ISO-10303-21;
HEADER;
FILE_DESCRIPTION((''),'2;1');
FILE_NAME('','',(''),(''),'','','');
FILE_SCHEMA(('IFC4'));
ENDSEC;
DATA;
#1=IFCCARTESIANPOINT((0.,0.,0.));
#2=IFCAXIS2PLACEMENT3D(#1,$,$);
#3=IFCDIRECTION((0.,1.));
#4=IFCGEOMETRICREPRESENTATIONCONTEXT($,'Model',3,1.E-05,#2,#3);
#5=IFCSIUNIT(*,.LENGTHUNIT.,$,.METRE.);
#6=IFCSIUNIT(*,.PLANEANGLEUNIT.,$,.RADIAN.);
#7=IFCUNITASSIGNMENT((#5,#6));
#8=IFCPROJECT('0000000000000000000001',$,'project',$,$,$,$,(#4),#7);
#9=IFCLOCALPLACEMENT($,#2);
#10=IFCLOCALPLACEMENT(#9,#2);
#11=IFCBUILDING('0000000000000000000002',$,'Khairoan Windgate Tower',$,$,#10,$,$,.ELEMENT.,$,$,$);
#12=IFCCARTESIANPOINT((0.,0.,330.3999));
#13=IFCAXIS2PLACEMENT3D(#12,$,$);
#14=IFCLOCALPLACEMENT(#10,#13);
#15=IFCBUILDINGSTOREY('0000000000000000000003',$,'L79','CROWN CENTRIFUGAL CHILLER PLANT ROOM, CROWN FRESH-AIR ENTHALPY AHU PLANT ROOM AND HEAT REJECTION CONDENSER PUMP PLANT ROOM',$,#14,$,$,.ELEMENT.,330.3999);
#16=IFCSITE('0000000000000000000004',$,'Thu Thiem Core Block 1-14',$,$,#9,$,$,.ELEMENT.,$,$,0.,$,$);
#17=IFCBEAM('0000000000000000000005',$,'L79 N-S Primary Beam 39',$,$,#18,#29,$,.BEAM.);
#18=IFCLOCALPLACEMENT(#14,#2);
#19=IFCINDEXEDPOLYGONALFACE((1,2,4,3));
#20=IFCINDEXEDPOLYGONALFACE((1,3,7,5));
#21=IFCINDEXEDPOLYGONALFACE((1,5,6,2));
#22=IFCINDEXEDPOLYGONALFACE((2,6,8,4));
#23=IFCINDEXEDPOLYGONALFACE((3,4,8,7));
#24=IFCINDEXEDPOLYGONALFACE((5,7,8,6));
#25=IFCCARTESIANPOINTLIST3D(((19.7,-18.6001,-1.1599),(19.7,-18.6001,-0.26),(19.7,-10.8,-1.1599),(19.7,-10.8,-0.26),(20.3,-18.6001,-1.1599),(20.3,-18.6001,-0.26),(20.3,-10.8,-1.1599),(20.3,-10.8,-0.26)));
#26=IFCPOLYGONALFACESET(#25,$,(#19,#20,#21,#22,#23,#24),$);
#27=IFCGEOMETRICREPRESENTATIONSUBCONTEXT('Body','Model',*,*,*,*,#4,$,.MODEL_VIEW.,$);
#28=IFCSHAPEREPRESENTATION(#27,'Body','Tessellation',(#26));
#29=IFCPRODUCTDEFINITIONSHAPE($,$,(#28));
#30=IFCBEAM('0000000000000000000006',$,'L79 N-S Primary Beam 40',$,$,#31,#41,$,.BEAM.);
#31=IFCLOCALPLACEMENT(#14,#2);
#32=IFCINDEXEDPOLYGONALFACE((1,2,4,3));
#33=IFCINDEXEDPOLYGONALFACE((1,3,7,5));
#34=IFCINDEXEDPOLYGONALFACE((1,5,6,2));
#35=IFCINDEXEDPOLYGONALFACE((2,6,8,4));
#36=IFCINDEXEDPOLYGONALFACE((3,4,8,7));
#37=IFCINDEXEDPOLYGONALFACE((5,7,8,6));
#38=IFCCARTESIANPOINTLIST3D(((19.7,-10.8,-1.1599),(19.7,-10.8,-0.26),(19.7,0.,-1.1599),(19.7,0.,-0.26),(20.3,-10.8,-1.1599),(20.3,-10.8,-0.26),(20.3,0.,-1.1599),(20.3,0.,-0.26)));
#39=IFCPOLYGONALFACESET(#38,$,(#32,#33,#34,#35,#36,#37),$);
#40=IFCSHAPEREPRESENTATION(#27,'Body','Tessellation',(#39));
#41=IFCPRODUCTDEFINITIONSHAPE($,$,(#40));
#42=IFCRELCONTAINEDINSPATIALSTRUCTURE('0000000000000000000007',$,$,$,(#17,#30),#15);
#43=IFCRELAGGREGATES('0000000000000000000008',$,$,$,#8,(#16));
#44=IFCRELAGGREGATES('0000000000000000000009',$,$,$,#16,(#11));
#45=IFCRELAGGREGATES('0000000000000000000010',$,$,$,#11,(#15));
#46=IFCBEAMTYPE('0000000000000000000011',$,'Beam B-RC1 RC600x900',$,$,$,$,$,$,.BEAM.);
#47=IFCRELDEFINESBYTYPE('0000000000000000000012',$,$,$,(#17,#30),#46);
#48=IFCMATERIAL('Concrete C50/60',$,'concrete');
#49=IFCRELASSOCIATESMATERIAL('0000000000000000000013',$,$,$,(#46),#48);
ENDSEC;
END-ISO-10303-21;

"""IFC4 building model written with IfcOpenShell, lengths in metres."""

from ifc_helpers import new_model, si_unit, direction, frame, origin, origin_2d, place, context, subcontext, project, spatial, rectangle, extrude, material, material_profile, profile_set, type_object, element, save


model = new_model("IFC4")

# Units and contexts
model_context = context("Model", 3, precision=1e-05, world=origin(), true_north=direction((0.0, 1.0)))
body_context = subcontext(model_context, "Body", "Model", "MODEL_VIEW")
ifc_project = project(units=[si_unit("LENGTHUNIT", "METRE"), si_unit("PLANEANGLEUNIT", "RADIAN")], contexts=[model_context])

# Site, building, storey
site_placement = place(None, origin())
site = spatial("IfcSite", under=ifc_project, at=site_placement, Name="Thu Thiem Core Block 1-14", CompositionType="ELEMENT", RefElevation=0.0)
building_placement = place(site_placement, origin())
building = spatial("IfcBuilding", under=site, at=building_placement, Name="Khairoan Windgate Tower", CompositionType="ELEMENT")
storey_placement = place(building_placement, frame((0.0, 0.0, 330.3999)))
storey = spatial("IfcBuildingStorey", under=building, at=storey_placement, Name="L79", Description="CROWN CENTRIFUGAL CHILLER PLANT ROOM, CROWN FRESH-AIR ENTHALPY AHU PLANT ROOM AND HEAT REJECTION CONDENSER PUMP PLANT ROOM", CompositionType="ELEMENT", Elevation=330.3999)

# Beams
ifc_material_1 = material(Name="Concrete C50/60", Category="concrete")
ifc_material_profile_1 = material_profile(ifc_material_1, rectangle(XDim=0.6001, YDim=0.8999, at=origin_2d()))
ifc_profile_set_1 = profile_set([ifc_material_profile_1], Name="Concrete C50/60")
beam_type = type_object("IfcBeamType", Name="Beam B-RC1 RC600x900", PredefinedType="BEAM", material=ifc_profile_set_1)
beam_1_placement = place(storey_placement, frame((20.0, -18.6001, -0.71), z_axis=(0.0, 1.0, 0.0), x_axis=(-1.0, 0.0, 0.0)))
element("IfcBeam", 1, at=beam_1_placement, inside=storey, type_object=beam_type, Name="L79 N-S Primary Beam 39", PredefinedType="BEAM", context=body_context, shape_type="SweptSolid", body=[
    extrude(rectangle(XDim=0.6001, YDim=0.8999, at=origin_2d()), origin(), (0.0, 0.0, 1.0), 7.8),
])
beam_2_placement = place(storey_placement, frame((20.0, -10.8, -0.71), z_axis=(0.0, 1.0, 0.0), x_axis=(-1.0, 0.0, 0.0)))
element("IfcBeam", 2, at=beam_2_placement, inside=storey, type_object=beam_type, Name="L79 N-S Primary Beam 40", PredefinedType="BEAM", context=body_context, shape_type="SweptSolid", body=[
    extrude(rectangle(XDim=0.6001, YDim=0.8999, at=origin_2d()), origin(), (0.0, 0.0, 1.0), 10.8),
])

save(model, "model.ifc")
